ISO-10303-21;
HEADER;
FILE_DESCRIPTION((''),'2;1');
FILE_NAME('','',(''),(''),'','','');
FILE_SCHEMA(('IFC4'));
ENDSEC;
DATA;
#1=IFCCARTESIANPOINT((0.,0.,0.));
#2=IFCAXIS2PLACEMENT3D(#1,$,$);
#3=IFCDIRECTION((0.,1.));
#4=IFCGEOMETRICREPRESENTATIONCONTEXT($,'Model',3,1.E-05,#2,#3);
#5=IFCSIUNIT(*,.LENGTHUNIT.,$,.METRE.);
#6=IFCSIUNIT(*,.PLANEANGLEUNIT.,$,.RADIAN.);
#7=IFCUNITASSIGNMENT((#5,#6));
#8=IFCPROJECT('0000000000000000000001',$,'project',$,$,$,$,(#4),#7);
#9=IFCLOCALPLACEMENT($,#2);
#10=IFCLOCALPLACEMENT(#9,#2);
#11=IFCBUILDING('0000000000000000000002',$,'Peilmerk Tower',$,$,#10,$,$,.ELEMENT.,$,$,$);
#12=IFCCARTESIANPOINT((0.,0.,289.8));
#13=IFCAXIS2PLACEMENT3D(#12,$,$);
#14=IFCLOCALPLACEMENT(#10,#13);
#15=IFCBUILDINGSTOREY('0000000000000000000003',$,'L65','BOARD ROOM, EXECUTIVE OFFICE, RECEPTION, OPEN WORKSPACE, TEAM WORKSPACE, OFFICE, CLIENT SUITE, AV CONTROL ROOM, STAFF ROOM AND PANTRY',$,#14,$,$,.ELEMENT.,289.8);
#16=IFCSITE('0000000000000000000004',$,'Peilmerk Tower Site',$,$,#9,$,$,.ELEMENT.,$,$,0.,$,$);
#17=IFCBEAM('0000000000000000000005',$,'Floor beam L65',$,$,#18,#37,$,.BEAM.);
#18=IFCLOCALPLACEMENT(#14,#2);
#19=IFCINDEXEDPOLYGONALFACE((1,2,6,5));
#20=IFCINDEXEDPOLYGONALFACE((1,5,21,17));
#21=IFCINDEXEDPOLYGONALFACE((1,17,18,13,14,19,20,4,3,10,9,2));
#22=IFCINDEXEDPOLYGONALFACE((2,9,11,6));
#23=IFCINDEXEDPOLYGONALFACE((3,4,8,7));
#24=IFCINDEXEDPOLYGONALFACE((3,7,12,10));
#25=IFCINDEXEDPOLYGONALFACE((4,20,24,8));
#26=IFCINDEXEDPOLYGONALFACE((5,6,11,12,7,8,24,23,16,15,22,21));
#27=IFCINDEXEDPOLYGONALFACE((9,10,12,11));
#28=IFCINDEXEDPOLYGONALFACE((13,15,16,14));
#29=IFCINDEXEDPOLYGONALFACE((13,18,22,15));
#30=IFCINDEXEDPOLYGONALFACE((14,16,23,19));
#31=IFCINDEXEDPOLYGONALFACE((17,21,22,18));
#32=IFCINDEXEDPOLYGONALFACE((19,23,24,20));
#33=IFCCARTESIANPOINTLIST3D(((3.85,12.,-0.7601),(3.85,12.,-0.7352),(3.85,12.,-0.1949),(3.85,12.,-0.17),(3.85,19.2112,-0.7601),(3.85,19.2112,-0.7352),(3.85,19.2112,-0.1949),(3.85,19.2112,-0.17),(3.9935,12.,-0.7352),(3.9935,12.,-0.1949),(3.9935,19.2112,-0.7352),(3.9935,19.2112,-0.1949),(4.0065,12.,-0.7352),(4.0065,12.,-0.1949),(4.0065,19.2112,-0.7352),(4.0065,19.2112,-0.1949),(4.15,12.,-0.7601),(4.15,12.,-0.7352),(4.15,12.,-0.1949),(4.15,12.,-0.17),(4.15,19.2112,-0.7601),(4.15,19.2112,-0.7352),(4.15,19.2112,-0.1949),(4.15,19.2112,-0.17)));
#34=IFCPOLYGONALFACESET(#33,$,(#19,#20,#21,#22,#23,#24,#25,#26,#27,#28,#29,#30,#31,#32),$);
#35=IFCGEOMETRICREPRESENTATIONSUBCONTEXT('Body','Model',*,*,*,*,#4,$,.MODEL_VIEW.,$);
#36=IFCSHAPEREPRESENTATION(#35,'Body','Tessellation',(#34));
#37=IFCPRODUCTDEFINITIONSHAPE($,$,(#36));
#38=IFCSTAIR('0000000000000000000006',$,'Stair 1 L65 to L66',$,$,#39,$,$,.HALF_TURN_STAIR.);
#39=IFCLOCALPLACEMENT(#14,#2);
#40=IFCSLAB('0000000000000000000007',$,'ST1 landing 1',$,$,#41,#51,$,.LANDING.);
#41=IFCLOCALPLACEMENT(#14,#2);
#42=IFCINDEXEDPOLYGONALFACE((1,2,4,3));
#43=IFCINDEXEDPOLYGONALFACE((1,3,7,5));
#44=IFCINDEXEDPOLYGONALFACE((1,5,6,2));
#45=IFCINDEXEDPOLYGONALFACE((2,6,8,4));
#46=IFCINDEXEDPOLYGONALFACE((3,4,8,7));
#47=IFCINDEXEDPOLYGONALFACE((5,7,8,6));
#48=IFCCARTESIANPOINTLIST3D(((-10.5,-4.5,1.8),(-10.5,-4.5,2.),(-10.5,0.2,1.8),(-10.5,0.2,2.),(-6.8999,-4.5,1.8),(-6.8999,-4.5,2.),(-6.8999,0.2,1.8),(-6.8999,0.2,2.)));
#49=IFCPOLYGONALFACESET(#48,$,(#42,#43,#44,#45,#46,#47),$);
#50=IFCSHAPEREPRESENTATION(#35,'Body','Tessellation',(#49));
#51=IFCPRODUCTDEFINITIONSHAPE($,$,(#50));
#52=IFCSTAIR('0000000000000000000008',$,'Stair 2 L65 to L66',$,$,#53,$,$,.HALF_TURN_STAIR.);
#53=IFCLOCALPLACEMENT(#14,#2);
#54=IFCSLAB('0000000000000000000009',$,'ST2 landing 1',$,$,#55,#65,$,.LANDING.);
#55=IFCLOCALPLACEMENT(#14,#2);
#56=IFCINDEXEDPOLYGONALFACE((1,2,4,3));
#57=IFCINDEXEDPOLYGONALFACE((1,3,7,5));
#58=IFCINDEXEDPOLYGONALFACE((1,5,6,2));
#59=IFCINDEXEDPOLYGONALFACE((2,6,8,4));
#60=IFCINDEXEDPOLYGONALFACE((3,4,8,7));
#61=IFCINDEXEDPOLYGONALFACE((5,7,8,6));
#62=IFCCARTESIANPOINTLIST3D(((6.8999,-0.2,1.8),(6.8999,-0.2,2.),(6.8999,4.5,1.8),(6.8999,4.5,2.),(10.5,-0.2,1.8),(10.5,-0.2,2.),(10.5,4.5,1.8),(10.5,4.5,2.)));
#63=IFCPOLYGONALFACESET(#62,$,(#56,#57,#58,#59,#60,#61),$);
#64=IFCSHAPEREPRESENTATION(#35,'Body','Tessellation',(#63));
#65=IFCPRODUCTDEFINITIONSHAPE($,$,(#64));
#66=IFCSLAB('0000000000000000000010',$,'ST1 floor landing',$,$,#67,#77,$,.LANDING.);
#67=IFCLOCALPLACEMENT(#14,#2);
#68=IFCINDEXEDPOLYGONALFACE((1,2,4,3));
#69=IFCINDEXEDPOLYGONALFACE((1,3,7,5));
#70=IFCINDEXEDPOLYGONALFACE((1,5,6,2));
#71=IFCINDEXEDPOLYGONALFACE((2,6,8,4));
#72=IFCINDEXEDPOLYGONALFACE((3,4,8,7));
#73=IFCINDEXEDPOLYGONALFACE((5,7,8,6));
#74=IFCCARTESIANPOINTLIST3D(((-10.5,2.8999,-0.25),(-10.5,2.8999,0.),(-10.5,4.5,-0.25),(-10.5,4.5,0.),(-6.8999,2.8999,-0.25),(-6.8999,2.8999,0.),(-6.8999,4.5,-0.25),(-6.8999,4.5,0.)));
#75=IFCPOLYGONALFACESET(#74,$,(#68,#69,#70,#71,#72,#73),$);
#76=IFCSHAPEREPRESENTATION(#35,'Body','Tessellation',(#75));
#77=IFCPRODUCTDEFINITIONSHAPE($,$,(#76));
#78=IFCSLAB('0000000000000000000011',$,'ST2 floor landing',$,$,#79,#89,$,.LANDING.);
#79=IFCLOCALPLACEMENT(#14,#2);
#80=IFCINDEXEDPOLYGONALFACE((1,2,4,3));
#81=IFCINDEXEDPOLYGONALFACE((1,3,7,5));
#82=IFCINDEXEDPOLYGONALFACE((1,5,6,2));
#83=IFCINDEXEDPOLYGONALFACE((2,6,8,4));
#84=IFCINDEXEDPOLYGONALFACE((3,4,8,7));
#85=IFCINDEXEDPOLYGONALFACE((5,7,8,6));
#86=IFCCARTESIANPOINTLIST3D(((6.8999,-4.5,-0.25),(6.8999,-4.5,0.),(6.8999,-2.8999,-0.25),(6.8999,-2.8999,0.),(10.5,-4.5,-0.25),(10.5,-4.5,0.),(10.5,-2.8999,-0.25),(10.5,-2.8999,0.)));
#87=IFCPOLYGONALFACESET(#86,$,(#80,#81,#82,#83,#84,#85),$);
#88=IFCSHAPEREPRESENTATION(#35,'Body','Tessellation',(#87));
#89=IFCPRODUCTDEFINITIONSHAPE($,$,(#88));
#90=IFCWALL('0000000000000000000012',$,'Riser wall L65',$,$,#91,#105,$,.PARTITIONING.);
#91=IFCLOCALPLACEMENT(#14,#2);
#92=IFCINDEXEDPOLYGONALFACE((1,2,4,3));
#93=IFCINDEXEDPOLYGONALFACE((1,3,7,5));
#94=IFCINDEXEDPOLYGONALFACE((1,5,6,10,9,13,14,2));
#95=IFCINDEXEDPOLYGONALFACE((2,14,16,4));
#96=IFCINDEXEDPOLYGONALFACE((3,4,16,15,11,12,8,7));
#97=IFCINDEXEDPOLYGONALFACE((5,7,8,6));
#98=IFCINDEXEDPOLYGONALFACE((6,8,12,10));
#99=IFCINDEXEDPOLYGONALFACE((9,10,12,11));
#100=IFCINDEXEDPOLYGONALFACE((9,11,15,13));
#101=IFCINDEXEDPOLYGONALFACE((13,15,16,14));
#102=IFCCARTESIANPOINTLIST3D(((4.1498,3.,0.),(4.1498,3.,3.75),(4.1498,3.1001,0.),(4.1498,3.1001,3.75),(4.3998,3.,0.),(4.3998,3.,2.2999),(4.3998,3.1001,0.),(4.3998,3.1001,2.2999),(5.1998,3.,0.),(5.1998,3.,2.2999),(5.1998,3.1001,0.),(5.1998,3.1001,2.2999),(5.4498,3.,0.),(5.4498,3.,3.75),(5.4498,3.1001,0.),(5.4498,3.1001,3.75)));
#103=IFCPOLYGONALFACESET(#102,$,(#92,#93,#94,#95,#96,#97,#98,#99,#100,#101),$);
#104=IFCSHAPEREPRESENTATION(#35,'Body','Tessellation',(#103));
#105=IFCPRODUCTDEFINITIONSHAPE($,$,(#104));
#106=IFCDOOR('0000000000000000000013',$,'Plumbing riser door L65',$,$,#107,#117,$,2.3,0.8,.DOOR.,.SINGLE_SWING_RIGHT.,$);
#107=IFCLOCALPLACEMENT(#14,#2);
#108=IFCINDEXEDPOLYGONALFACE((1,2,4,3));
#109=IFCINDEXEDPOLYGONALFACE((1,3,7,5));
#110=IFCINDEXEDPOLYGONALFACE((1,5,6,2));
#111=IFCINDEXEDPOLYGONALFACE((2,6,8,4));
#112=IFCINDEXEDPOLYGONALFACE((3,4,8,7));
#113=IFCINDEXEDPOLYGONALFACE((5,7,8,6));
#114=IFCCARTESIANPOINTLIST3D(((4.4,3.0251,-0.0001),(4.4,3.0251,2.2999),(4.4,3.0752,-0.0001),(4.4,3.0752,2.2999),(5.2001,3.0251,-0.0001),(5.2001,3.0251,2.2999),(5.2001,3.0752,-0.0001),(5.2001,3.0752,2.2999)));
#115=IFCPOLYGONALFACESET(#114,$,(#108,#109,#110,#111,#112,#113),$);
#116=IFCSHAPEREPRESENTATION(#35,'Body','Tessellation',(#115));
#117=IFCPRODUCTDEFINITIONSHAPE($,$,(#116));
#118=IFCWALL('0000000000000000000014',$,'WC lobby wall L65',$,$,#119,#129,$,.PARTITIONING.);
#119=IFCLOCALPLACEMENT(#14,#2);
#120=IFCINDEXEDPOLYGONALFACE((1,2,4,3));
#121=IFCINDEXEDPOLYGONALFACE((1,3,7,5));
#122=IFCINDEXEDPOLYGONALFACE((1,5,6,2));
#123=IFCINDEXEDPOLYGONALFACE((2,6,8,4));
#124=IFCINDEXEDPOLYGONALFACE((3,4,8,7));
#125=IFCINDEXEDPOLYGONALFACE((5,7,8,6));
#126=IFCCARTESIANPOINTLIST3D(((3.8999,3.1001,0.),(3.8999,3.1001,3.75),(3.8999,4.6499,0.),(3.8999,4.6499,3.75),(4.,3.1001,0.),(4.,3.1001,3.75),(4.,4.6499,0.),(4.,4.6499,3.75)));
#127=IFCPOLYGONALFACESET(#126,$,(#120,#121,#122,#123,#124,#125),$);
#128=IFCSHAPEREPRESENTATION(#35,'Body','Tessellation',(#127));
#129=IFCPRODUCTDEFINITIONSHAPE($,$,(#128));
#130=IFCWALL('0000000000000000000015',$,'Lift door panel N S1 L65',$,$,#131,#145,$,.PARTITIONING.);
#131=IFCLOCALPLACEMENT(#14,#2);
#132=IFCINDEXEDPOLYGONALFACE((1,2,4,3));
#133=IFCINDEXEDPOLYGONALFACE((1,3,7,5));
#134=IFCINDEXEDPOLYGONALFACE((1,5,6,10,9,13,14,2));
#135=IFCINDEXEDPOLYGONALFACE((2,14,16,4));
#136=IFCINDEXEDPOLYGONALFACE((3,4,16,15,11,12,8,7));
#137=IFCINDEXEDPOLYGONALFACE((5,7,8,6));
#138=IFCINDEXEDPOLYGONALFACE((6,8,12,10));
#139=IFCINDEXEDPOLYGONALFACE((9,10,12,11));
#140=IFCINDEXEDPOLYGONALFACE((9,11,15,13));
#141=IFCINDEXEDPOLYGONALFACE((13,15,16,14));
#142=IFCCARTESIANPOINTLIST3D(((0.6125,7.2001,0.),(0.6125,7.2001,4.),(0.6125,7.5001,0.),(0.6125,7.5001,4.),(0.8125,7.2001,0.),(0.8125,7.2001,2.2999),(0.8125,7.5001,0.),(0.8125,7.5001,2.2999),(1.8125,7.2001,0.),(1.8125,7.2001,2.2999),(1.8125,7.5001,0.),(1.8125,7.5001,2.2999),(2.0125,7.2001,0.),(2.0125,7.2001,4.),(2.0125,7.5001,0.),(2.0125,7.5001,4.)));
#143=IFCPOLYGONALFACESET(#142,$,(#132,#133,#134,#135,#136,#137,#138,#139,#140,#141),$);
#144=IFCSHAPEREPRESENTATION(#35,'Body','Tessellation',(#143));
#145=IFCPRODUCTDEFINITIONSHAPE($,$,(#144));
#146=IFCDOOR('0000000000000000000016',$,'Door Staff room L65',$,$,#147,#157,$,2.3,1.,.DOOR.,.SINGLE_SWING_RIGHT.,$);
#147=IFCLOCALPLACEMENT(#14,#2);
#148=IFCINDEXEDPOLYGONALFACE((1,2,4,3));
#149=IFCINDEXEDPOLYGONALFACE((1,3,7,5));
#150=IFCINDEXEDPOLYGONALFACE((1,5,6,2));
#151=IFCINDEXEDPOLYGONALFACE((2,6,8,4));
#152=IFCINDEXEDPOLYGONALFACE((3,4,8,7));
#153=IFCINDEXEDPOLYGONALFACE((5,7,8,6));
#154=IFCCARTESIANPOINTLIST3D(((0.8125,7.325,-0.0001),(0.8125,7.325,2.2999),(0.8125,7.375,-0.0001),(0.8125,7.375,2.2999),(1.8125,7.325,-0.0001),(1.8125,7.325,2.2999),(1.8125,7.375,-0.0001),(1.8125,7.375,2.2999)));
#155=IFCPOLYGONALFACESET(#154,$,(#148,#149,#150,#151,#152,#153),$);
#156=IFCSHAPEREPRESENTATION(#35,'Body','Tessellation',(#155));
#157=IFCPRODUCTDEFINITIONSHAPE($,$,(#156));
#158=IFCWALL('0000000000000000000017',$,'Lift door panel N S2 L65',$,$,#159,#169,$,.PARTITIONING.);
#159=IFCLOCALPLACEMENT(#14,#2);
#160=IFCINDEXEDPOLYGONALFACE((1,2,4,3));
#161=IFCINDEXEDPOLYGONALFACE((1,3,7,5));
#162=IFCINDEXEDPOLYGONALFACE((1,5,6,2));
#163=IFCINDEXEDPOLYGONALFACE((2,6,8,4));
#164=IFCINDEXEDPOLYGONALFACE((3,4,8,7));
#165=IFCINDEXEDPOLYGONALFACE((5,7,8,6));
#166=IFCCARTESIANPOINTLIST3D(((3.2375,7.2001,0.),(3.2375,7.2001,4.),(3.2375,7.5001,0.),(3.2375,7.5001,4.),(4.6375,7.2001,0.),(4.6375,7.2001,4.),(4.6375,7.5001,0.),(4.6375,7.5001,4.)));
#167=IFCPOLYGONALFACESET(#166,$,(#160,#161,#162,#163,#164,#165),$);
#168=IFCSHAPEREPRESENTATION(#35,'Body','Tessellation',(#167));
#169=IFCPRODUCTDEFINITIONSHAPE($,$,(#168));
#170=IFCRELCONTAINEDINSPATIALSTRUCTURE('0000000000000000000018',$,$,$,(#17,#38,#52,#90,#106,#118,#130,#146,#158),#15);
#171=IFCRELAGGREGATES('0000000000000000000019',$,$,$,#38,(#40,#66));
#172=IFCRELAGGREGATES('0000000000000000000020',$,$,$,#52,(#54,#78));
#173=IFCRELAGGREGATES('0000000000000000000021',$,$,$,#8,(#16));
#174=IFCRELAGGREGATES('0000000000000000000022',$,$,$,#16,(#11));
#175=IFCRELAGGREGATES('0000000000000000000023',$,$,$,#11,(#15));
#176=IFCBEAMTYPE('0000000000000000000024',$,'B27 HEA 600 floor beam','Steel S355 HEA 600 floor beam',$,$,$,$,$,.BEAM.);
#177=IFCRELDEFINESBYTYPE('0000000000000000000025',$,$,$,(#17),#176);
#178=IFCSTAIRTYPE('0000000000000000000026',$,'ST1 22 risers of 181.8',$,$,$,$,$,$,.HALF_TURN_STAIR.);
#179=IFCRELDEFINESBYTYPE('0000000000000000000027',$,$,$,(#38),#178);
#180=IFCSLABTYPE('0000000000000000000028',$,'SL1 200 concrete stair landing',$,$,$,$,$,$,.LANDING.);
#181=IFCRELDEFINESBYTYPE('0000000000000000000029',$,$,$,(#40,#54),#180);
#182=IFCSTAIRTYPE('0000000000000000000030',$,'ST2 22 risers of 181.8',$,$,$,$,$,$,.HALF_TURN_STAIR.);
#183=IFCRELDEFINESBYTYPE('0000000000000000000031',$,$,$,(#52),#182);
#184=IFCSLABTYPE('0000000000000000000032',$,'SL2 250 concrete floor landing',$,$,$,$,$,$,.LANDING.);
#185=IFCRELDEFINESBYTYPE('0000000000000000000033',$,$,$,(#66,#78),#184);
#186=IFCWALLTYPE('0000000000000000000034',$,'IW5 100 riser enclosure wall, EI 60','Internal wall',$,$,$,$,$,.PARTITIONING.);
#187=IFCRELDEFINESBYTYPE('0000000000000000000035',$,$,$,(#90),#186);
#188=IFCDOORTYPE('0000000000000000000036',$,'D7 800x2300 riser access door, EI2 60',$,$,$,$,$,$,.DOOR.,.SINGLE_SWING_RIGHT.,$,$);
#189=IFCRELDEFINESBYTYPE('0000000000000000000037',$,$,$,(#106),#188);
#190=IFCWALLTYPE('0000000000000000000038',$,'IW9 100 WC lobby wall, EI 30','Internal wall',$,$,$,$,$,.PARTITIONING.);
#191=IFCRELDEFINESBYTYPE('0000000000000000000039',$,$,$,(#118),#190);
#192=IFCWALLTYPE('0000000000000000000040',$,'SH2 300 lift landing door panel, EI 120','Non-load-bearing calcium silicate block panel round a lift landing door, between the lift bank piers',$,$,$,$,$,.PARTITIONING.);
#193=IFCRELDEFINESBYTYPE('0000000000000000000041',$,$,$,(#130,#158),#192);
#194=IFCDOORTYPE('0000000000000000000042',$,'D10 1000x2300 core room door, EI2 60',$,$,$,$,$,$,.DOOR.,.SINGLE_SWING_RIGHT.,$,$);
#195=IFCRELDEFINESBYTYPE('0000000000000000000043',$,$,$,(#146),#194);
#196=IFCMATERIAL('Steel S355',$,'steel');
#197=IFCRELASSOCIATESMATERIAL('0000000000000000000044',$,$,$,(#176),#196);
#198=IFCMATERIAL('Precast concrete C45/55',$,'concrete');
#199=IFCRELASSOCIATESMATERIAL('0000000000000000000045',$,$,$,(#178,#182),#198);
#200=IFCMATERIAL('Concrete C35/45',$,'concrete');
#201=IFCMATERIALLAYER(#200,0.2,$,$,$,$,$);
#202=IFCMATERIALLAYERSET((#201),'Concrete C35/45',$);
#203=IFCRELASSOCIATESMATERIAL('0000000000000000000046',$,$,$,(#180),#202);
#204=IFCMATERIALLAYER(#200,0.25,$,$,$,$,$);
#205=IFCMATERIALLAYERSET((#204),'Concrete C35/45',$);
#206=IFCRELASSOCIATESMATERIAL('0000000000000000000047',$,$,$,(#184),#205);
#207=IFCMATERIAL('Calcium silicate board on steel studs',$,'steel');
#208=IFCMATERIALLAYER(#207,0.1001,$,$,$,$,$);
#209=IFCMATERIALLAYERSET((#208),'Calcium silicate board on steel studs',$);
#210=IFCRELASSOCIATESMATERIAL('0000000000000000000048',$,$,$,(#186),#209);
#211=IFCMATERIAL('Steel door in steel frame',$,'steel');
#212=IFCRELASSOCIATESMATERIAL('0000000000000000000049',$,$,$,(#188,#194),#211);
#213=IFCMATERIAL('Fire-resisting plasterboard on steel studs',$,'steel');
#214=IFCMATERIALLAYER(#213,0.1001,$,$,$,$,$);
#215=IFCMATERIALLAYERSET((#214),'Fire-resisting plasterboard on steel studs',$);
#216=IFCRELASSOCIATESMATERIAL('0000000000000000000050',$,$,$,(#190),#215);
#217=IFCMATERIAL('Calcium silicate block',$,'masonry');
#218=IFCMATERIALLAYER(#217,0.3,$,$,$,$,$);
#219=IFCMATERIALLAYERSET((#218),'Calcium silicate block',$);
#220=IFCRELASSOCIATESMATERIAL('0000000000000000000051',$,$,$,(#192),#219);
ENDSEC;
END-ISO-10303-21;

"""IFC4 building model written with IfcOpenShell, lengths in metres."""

from ifc_helpers import new_model, si_unit, direction, frame, frame_2d, origin, origin_2d, place, context, subcontext, project, spatial, polyline, rectangle, i_section, outline, extrude, material, layer, layer_set, material_profile, profile_set, type_object, element, fill, aggregate, save


model = new_model("IFC4")

# Units and contexts
model_context = context("Model", 3, precision=1e-05, world=origin(), true_north=direction((0.0, 1.0)))
body_context = subcontext(model_context, "Body", "Model", "MODEL_VIEW")
ifc_project = project(units=[si_unit("LENGTHUNIT", "METRE"), si_unit("PLANEANGLEUNIT", "RADIAN")], contexts=[model_context])

# Site, building, storey
site_placement = place(None, origin())
site = spatial("IfcSite", under=ifc_project, at=site_placement, Name="Peilmerk Tower Site", CompositionType="ELEMENT", RefElevation=0.0)
building_placement = place(site_placement, origin())
building = spatial("IfcBuilding", under=site, at=building_placement, Name="Peilmerk Tower", CompositionType="ELEMENT")
storey_placement = place(building_placement, frame((0.0, 0.0, 289.8)))
storey = spatial("IfcBuildingStorey", under=building, at=storey_placement, Name="L65", Description="BOARD ROOM, EXECUTIVE OFFICE, RECEPTION, OPEN WORKSPACE, TEAM WORKSPACE, OFFICE, CLIENT SUITE, AV CONTROL ROOM, STAFF ROOM AND PANTRY", CompositionType="ELEMENT", Elevation=289.8)

# Beam
ifc_material_1 = material(Name="Steel S355", Category="steel")
ifc_material_profile = material_profile(ifc_material_1, i_section(OverallWidth=0.3, OverallDepth=0.5901, WebThickness=0.0129, FlangeThickness=0.0249, at=origin_2d()), Name="HEA 600")
ifc_profile_set = profile_set([ifc_material_profile], Name="Steel S355")
beam_type = type_object("IfcBeamType", Name="B27 HEA 600 floor beam", Description="Steel S355 HEA 600 floor beam", PredefinedType="BEAM", material=ifc_profile_set)
beam_placement = place(storey_placement, frame((4.0, 12.0, -0.4651), z_axis=(0.0, 1.0, 0.0), x_axis=(-1.0, 0.0, 0.0)))
element("IfcBeam", 1, at=beam_placement, inside=storey, type_object=beam_type, Name="Floor beam L65", PredefinedType="BEAM", context=body_context, shape_type="SweptSolid", body=[
    extrude(i_section(OverallWidth=0.3, OverallDepth=0.5901, WebThickness=0.0129, FlangeThickness=0.0249, at=origin_2d()), origin(), (0.0, 0.0, 1.0), 7.2112),
])

# Stairs, slabs
ifc_material_2 = material(Name="Precast concrete C45/55", Category="concrete")
stair_type_1 = type_object("IfcStairType", Name="ST1 22 risers of 181.8", PredefinedType="HALF_TURN_STAIR", material=ifc_material_2)
stair_1_placement = place(storey_placement, origin())
stair_1 = element("IfcStair", 2, at=stair_1_placement, inside=storey, type_object=stair_type_1, Name="Stair 1 L65 to L66", PredefinedType="HALF_TURN_STAIR")
ifc_material_3 = material(Name="Concrete C35/45", Category="concrete")
ifc_layer_1 = layer(ifc_material_3, 0.2)
ifc_layer_set_1 = layer_set([ifc_layer_1], Name="Concrete C35/45")
slab_type_1 = type_object("IfcSlabType", Name="SL1 200 concrete stair landing", PredefinedType="LANDING", material=ifc_layer_set_1)
slab_1_placement = place(storey_placement, frame((0.0, 0.0, 1.8)))
slab_1 = element("IfcSlab", 3, at=slab_1_placement, type_object=slab_type_1, Name="ST1 landing 1", PredefinedType="LANDING", context=body_context, shape_type="SweptSolid", body=[
    extrude(outline(polyline([(-10.5, -4.5), (-6.8999, -4.5), (-6.8999, 0.2), (-10.5, 0.2), (-10.5, -4.5)])), origin(), (0.0, 0.0, 1.0), 0.2),
])
stair_type_2 = type_object("IfcStairType", Name="ST2 22 risers of 181.8", PredefinedType="HALF_TURN_STAIR", material=ifc_material_2)
stair_2_placement = place(storey_placement, origin())
stair_2 = element("IfcStair", 4, at=stair_2_placement, inside=storey, type_object=stair_type_2, Name="Stair 2 L65 to L66", PredefinedType="HALF_TURN_STAIR")
slab_2_placement = place(storey_placement, frame((0.0, 0.0, 1.8)))
slab_2 = element("IfcSlab", 5, at=slab_2_placement, type_object=slab_type_1, Name="ST2 landing 1", PredefinedType="LANDING", context=body_context, shape_type="SweptSolid", body=[
    extrude(outline(polyline([(6.8999, -0.2), (10.5, -0.2), (10.5, 4.5), (6.8999, 4.5), (6.8999, -0.2)])), origin(), (0.0, 0.0, 1.0), 0.2),
])

# Slabs
ifc_layer_2 = layer(ifc_material_3, 0.25)
ifc_layer_set_2 = layer_set([ifc_layer_2], Name="Concrete C35/45")
slab_type_2 = type_object("IfcSlabType", Name="SL2 250 concrete floor landing", PredefinedType="LANDING", material=ifc_layer_set_2)
slab_3_placement = place(storey_placement, frame((0.0, 0.0, -0.25)))
slab_3 = element("IfcSlab", 6, at=slab_3_placement, type_object=slab_type_2, Name="ST1 floor landing", PredefinedType="LANDING", context=body_context, shape_type="SweptSolid", body=[
    extrude(outline(polyline([(-10.5, 2.8999), (-6.8999, 2.8999), (-6.8999, 4.5), (-10.5, 4.5), (-10.5, 2.8999)])), origin(), (0.0, 0.0, 1.0), 0.25),
])
aggregate(stair_1, [slab_1, slab_3])
slab_4_placement = place(storey_placement, frame((0.0, 0.0, -0.25)))
slab_4 = element("IfcSlab", 7, at=slab_4_placement, type_object=slab_type_2, Name="ST2 floor landing", PredefinedType="LANDING", context=body_context, shape_type="SweptSolid", body=[
    extrude(outline(polyline([(6.8999, -4.5), (10.5, -4.5), (10.5, -2.8999), (6.8999, -2.8999), (6.8999, -4.5)])), origin(), (0.0, 0.0, 1.0), 0.25),
])
aggregate(stair_2, [slab_2, slab_4])

# Wall, opening, door
ifc_material_4 = material(Name="Calcium silicate board on steel studs", Category="steel")
ifc_layer_3 = layer(ifc_material_4, 0.1001)
ifc_layer_set_3 = layer_set([ifc_layer_3], Name="Calcium silicate board on steel studs")
wall_type_1 = type_object("IfcWallType", Name="IW5 100 riser enclosure wall, EI 60", Description="Internal wall", PredefinedType="PARTITIONING", material=ifc_layer_set_3)
wall_1_placement = place(storey_placement, frame((4.1499, 3.05, 0.0), z_axis=(0.0, 0.0, 1.0), x_axis=(1.0, 0.0, 0.0)))
wall_1 = element("IfcWall", 8, at=wall_1_placement, inside=storey, type_object=wall_type_1, Name="Riser wall L65", PredefinedType="PARTITIONING", context=body_context, shape_type="SweptSolid", body=[
    extrude(rectangle(XDim=1.3, YDim=0.1001, at=frame_2d((0.6499, 0.0))), origin(), (0.0, 0.0, 1.0), 3.75),
])
opening_1_placement = place(wall_1_placement, frame((0.25, 0.0, 0.0)))
opening_1 = element("IfcOpeningElement", 9, at=opening_1_placement, cuts=wall_1, PredefinedType="OPENING", context=body_context, shape_type="SweptSolid", body=[
    extrude(rectangle(XDim=0.8, YDim=2.3, at=frame_2d((0.3999, 1.1499))), frame((0.0, 0.0601, 0.0), z_axis=(0.0, -1.0, 0.0), x_axis=(1.0, 0.0, 0.0)), (0.0, 0.0, 1.0), 0.1201),
])
ifc_material_5 = material(Name="Steel door in steel frame", Category="steel")
door_type_1 = type_object("IfcDoorType", Name="D7 800x2300 riser access door, EI2 60", OperationType="SINGLE_SWING_RIGHT", PredefinedType="DOOR", material=ifc_material_5)
door_1_placement = place(opening_1_placement, frame((0.8, 0.0, 0.0), z_axis=(0.0, 0.0, 1.0), x_axis=(-1.0, 0.0, 0.0)))
door_1 = element("IfcDoor", 10, at=door_1_placement, inside=storey, type_object=door_type_1, Name="Plumbing riser door L65", OperationType="SINGLE_SWING_RIGHT", OverallHeight=2.3, OverallWidth=0.8, PredefinedType="DOOR", context=body_context, shape_type="SweptSolid", body=[
    extrude(rectangle(XDim=0.8, YDim=2.3, at=frame_2d((0.3999, 1.1499))), frame((0.0, 0.0249, 0.0), z_axis=(0.0, -1.0, 0.0), x_axis=(1.0, 0.0, 0.0)), (0.0, 0.0, 1.0), 0.05),
])
fill(opening_1, door_1)

# Wall
ifc_material_6 = material(Name="Fire-resisting plasterboard on steel studs", Category="steel")
ifc_layer_4 = layer(ifc_material_6, 0.1001)
ifc_layer_set_4 = layer_set([ifc_layer_4], Name="Fire-resisting plasterboard on steel studs")
wall_type_2 = type_object("IfcWallType", Name="IW9 100 WC lobby wall, EI 30", Description="Internal wall", PredefinedType="PARTITIONING", material=ifc_layer_set_4)
wall_2_placement = place(storey_placement, frame((3.95, 3.1001, 0.0), z_axis=(0.0, 0.0, 1.0), x_axis=(0.0, 1.0, 0.0)))
element("IfcWall", 11, at=wall_2_placement, inside=storey, type_object=wall_type_2, Name="WC lobby wall L65", PredefinedType="PARTITIONING", context=body_context, shape_type="SweptSolid", body=[
    extrude(rectangle(XDim=1.5498, YDim=0.1001, at=frame_2d((0.7749, 0.0))), origin(), (0.0, 0.0, 1.0), 3.75),
])

# Wall, opening, door
ifc_material_7 = material(Name="Calcium silicate block", Category="masonry")
ifc_layer_5 = layer(ifc_material_7, 0.3)
ifc_layer_set_5 = layer_set([ifc_layer_5], Name="Calcium silicate block")
wall_type_3 = type_object("IfcWallType", Name="SH2 300 lift landing door panel, EI 120", Description="Non-load-bearing calcium silicate block panel round a lift landing door, between the lift bank piers", PredefinedType="PARTITIONING", material=ifc_layer_set_5)
wall_3_placement = place(storey_placement, frame((0.6125, 7.3501, 0.0), z_axis=(0.0, 0.0, 1.0), x_axis=(1.0, 0.0, 0.0)))
wall_3 = element("IfcWall", 12, at=wall_3_placement, inside=storey, type_object=wall_type_3, Name="Lift door panel N S1 L65", PredefinedType="PARTITIONING", context=body_context, shape_type="SweptSolid", body=[
    extrude(rectangle(XDim=1.3999, YDim=0.3, at=frame_2d((0.7, 0.0))), origin(), (0.0, 0.0, 1.0), 4.0),
])
opening_2_placement = place(wall_3_placement, frame((0.2, 0.0, 0.0)))
opening_2 = element("IfcOpeningElement", 13, at=opening_2_placement, cuts=wall_3, PredefinedType="OPENING", context=body_context, shape_type="SweptSolid", body=[
    extrude(rectangle(XDim=1.0, YDim=2.3, at=frame_2d((0.5, 1.1499))), frame((0.0, 0.1599, 0.0), z_axis=(0.0, -1.0, 0.0), x_axis=(1.0, 0.0, 0.0)), (0.0, 0.0, 1.0), 0.3201),
])
door_type_2 = type_object("IfcDoorType", Name="D10 1000x2300 core room door, EI2 60", OperationType="SINGLE_SWING_RIGHT", PredefinedType="DOOR", material=ifc_material_5)
door_2_placement = place(opening_2_placement, origin())
door_2 = element("IfcDoor", 14, at=door_2_placement, inside=storey, type_object=door_type_2, Name="Door Staff room L65", OperationType="SINGLE_SWING_RIGHT", OverallHeight=2.3, OverallWidth=1.0, PredefinedType="DOOR", context=body_context, shape_type="SweptSolid", body=[
    extrude(rectangle(XDim=1.0, YDim=2.3, at=frame_2d((0.5, 1.1499))), frame((0.0, 0.0249, 0.0), z_axis=(0.0, -1.0, 0.0), x_axis=(1.0, 0.0, 0.0)), (0.0, 0.0, 1.0), 0.05),
])
fill(opening_2, door_2)

# Wall
wall_4_placement = place(storey_placement, frame((3.2375, 7.3501, 0.0), z_axis=(0.0, 0.0, 1.0), x_axis=(1.0, 0.0, 0.0)))
element("IfcWall", 15, at=wall_4_placement, inside=storey, type_object=wall_type_3, Name="Lift door panel N S2 L65", PredefinedType="PARTITIONING", context=body_context, shape_type="SweptSolid", body=[
    extrude(rectangle(XDim=1.3999, YDim=0.3, at=frame_2d((0.7, 0.0))), origin(), (0.0, 0.0, 1.0), 4.0),
])

save(model, "model.ifc")
